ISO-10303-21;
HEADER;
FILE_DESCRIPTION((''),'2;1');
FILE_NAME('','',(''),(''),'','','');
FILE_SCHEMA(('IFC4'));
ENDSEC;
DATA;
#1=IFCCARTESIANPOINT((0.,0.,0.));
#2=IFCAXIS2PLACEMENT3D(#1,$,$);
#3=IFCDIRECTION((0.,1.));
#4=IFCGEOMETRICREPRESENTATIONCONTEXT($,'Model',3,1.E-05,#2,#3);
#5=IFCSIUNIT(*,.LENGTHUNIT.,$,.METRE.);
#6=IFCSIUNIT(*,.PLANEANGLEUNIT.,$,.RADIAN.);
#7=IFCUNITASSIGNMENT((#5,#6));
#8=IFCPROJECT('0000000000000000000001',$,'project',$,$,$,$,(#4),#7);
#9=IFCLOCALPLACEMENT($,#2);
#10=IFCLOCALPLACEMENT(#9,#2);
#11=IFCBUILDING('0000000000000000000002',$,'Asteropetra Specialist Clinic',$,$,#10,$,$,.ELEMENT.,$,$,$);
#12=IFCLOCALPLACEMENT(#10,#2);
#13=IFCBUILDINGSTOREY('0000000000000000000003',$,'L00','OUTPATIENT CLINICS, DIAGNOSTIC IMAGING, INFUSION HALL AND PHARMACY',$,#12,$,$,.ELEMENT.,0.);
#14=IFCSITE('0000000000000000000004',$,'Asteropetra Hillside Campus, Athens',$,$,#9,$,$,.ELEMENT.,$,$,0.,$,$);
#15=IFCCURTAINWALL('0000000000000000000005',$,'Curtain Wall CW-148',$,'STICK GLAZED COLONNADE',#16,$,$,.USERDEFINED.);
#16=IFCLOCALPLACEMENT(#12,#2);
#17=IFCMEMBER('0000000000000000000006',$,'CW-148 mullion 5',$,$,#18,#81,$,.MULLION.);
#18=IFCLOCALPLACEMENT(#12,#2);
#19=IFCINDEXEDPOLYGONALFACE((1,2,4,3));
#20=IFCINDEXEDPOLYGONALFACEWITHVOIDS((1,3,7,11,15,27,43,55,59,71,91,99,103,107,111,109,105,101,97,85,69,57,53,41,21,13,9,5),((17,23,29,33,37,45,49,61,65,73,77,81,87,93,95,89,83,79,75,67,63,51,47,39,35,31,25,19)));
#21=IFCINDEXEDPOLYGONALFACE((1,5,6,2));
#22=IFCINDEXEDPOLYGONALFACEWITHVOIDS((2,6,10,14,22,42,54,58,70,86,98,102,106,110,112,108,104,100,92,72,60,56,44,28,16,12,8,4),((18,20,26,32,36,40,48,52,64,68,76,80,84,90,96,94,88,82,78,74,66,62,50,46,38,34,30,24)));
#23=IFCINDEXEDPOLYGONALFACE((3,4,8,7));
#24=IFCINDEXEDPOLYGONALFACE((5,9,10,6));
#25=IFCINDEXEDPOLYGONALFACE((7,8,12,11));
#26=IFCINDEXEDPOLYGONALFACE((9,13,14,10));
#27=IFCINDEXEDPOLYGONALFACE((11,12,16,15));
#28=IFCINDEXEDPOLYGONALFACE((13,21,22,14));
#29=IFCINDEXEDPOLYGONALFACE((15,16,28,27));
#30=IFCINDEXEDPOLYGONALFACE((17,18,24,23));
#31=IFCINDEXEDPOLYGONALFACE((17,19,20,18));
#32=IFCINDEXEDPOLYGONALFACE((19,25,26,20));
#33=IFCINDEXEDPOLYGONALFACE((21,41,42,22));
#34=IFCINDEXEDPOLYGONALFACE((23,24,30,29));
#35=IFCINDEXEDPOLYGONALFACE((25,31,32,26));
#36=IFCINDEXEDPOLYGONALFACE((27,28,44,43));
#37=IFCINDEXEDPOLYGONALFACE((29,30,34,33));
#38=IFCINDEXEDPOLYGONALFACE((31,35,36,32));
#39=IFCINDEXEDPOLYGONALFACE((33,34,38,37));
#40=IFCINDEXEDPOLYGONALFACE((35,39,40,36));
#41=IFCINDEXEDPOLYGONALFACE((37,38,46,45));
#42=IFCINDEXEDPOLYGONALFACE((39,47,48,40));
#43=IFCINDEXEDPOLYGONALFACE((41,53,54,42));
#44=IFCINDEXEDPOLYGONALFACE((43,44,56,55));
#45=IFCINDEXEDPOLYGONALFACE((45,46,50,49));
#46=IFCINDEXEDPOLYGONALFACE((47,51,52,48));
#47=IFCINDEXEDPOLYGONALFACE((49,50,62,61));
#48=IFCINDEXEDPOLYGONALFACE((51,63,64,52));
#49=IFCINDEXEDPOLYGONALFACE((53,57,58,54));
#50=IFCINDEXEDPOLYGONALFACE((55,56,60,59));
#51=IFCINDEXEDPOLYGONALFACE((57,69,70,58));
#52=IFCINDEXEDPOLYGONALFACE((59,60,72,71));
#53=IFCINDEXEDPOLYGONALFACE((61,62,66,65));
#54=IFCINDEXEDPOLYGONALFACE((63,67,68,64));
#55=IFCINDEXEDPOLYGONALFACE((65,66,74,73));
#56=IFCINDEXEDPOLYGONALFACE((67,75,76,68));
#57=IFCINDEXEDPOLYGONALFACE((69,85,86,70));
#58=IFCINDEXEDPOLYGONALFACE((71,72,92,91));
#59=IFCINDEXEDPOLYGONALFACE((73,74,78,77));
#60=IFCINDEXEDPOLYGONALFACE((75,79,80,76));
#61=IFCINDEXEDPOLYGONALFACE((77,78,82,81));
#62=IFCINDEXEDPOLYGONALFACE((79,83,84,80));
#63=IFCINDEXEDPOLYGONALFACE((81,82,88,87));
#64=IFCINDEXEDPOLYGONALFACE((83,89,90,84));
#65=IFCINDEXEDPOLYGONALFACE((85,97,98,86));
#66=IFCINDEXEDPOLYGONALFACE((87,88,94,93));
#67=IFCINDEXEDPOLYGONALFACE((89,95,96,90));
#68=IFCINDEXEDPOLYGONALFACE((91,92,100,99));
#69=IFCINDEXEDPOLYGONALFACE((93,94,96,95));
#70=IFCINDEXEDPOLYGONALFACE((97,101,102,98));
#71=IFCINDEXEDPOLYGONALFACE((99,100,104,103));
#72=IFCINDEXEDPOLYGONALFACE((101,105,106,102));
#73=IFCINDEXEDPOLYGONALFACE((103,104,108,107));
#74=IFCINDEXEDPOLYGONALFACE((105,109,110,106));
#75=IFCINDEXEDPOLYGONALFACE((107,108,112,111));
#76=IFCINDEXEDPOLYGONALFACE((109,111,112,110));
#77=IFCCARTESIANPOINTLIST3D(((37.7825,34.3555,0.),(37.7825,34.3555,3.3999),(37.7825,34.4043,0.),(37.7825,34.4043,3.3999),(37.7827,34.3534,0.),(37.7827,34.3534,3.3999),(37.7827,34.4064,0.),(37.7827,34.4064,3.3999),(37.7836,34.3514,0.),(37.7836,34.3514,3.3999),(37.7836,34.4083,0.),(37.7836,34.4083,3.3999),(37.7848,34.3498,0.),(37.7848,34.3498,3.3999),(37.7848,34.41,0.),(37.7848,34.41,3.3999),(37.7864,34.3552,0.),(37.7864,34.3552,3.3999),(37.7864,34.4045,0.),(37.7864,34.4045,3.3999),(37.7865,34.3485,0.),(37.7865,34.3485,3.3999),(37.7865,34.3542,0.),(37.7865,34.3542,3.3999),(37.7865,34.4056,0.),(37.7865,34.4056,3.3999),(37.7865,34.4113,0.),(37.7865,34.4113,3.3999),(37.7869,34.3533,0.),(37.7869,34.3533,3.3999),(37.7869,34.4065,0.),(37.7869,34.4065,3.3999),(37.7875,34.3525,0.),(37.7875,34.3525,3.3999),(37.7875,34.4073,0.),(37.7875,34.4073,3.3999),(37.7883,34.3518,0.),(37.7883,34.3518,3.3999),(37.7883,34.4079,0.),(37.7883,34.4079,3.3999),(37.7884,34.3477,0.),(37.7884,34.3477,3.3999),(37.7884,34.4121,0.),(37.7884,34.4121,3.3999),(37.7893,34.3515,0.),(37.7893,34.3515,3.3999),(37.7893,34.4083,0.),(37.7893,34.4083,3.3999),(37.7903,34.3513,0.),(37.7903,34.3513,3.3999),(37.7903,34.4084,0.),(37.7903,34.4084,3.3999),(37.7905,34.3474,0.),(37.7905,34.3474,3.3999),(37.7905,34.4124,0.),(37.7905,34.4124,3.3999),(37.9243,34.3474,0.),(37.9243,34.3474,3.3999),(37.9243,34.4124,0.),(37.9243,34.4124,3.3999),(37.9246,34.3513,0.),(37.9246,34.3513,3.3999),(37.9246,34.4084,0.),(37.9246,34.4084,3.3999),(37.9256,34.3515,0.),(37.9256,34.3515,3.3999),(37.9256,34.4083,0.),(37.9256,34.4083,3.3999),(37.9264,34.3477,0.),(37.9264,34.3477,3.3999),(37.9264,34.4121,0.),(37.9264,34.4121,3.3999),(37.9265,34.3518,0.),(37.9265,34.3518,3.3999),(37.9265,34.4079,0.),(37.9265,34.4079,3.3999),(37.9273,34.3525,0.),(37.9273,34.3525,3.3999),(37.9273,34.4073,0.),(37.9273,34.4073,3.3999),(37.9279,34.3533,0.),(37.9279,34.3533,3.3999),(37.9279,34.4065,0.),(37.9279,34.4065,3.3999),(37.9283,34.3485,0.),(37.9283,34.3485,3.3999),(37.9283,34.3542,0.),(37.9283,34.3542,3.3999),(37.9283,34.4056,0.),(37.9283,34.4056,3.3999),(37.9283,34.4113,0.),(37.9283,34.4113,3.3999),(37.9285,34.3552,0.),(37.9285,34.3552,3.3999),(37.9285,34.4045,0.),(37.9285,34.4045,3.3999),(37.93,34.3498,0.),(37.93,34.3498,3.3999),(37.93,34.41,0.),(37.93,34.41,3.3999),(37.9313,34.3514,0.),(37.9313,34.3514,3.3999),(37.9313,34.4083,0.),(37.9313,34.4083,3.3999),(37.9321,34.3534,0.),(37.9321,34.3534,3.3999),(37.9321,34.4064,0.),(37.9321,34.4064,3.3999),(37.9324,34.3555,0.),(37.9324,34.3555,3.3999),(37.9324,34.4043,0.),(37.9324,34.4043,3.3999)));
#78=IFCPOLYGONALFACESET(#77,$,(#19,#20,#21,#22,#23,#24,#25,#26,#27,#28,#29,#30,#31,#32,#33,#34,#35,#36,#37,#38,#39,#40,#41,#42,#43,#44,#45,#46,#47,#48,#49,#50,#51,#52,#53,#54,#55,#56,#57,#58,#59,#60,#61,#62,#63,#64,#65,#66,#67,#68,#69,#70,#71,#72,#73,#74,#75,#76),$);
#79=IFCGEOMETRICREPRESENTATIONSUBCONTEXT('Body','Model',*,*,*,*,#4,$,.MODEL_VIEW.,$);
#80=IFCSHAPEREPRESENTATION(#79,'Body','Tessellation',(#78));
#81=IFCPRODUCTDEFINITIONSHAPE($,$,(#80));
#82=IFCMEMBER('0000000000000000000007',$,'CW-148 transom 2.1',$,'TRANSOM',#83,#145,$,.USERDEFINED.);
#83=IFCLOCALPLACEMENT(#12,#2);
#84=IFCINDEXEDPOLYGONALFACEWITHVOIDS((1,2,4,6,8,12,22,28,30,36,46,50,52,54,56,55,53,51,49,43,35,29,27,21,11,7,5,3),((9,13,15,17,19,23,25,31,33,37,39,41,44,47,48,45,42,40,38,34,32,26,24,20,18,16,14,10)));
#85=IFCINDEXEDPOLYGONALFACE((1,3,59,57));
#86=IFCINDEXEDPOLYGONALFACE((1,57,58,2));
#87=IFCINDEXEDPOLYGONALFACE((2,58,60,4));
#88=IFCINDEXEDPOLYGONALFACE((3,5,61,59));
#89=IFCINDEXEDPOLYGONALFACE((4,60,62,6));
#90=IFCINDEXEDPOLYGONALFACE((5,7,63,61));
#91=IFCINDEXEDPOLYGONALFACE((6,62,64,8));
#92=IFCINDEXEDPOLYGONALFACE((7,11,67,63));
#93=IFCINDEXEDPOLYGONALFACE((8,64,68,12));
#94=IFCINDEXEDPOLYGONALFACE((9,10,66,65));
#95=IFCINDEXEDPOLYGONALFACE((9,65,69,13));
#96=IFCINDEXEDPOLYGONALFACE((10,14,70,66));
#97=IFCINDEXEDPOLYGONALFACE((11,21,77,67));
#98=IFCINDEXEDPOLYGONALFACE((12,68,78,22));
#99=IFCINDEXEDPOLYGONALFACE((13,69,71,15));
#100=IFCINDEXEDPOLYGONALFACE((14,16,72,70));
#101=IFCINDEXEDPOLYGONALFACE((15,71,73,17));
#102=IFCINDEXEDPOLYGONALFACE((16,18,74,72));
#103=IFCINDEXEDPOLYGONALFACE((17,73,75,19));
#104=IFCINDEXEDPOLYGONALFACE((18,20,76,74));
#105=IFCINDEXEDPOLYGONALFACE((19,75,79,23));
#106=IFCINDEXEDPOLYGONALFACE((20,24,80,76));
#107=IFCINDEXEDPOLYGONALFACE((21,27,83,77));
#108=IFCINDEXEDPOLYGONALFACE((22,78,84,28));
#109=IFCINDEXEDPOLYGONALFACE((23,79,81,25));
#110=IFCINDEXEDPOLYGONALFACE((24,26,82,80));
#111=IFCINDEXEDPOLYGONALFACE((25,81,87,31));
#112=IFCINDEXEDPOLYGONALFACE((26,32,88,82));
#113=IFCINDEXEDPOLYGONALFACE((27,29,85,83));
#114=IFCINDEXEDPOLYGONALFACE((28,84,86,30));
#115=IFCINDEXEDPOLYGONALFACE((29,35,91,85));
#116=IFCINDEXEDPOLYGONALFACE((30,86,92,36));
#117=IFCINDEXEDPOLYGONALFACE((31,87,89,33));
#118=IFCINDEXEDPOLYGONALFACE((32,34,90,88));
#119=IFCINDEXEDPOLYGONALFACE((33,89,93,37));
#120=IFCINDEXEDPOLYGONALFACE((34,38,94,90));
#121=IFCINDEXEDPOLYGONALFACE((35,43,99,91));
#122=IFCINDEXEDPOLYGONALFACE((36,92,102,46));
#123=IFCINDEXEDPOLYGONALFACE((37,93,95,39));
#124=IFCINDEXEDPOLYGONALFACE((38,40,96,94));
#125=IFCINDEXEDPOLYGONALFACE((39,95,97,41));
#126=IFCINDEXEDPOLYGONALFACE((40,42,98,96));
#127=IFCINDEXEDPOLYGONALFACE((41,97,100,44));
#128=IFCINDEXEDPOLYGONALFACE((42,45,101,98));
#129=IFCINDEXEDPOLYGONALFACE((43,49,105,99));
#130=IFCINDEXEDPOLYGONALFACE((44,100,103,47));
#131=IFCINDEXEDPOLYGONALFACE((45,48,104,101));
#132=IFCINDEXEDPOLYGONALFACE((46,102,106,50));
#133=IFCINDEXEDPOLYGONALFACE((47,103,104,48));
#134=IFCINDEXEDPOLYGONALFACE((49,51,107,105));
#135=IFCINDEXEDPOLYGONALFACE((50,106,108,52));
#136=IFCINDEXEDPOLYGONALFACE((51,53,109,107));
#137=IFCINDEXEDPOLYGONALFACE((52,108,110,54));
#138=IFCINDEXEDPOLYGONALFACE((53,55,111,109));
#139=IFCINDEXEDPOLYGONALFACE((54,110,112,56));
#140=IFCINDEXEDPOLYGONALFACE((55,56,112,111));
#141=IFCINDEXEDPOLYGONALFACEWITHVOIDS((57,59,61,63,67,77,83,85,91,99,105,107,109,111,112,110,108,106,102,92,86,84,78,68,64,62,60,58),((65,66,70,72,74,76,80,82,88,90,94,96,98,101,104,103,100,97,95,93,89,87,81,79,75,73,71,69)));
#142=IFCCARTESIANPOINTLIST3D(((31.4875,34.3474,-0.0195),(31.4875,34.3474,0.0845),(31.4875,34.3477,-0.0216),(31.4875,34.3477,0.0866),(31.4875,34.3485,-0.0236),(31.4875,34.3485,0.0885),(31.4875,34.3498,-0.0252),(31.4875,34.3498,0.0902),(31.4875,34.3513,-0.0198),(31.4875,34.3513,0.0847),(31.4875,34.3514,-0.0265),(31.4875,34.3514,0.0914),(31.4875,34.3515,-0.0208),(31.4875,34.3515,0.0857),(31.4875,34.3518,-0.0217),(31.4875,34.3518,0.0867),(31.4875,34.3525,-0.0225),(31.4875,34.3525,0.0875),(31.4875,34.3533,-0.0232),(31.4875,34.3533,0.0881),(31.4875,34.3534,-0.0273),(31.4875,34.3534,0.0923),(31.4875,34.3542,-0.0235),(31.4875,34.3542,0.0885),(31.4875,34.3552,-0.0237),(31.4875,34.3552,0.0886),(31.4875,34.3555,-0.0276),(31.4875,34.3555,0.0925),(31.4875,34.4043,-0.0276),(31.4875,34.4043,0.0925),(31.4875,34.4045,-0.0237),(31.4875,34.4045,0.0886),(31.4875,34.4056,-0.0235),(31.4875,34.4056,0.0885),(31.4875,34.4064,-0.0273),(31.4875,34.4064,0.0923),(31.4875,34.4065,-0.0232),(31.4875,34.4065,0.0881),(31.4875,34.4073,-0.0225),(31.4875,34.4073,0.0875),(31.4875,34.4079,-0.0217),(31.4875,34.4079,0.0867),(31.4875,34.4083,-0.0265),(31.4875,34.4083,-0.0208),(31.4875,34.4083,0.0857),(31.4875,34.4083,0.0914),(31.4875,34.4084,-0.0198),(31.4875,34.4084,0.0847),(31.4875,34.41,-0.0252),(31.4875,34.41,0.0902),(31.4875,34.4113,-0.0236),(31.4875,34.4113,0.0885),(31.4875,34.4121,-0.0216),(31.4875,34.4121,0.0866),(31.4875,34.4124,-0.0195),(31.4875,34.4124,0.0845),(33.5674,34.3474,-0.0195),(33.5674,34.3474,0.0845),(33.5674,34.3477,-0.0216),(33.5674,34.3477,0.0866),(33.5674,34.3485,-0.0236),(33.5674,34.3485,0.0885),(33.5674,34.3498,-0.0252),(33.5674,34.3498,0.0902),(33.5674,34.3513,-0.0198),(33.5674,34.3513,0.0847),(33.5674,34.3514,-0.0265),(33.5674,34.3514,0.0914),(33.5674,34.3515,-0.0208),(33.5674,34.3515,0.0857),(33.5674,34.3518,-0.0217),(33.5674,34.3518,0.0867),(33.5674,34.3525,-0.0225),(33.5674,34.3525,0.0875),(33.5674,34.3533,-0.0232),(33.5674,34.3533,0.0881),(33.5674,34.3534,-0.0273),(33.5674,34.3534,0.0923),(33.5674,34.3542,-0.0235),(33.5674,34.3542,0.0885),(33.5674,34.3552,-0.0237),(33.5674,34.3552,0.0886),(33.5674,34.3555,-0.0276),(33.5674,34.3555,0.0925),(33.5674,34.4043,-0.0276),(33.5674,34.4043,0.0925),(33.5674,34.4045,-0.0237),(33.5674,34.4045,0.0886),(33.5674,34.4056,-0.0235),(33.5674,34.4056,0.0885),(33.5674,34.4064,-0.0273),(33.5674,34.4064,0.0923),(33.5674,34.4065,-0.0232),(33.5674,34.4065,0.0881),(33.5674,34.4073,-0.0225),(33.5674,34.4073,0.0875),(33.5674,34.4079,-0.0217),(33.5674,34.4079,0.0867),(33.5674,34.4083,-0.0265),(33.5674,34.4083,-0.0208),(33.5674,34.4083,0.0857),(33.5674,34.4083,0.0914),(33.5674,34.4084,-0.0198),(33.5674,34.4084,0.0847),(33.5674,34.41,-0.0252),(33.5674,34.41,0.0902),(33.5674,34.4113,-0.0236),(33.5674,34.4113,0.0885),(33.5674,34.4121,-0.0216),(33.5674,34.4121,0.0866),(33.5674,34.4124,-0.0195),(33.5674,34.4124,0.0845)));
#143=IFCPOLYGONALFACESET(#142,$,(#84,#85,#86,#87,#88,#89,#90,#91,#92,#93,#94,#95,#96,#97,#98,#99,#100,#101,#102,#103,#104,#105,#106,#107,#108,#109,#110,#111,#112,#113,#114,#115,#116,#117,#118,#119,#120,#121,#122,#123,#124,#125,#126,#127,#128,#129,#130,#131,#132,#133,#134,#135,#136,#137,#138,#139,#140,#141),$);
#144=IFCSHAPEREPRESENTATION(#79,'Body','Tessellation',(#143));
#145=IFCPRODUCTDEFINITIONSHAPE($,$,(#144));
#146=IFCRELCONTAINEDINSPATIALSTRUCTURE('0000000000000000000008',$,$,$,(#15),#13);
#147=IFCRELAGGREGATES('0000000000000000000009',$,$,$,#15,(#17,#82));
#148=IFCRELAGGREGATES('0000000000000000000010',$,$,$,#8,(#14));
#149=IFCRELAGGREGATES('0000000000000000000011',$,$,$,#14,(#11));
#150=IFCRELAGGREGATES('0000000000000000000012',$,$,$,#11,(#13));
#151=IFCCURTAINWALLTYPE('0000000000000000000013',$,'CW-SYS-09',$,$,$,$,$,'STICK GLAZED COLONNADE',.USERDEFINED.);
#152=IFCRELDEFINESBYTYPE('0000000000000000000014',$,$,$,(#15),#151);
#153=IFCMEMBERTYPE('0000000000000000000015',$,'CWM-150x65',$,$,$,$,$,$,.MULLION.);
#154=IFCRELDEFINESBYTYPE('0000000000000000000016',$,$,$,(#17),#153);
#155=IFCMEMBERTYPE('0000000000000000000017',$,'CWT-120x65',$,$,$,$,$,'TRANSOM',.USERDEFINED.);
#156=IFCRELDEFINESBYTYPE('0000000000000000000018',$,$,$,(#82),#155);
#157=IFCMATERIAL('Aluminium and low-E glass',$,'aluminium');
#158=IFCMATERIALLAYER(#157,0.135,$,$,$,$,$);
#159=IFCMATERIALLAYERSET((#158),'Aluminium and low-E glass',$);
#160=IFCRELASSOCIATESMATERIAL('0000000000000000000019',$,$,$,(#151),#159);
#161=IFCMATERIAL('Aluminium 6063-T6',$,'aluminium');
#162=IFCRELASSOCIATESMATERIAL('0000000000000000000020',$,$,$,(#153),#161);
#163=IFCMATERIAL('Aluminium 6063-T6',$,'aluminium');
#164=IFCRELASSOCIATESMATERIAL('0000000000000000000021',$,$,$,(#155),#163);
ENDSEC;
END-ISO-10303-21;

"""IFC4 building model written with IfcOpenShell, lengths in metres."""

from ifc_helpers import new_model, si_unit, direction, frame, origin, origin_2d, place, context, subcontext, project, spatial, hollow_rectangle, extrude, material, layer, layer_set, material_profile, profile_set, type_object, element, aggregate, save


model = new_model("IFC4")

# Units and contexts
model_context = context("Model", 3, precision=1e-05, world=origin(), true_north=direction((0.0, 1.0)))
body_context = subcontext(model_context, "Body", "Model", "MODEL_VIEW")
ifc_project = project(units=[si_unit("LENGTHUNIT", "METRE"), si_unit("PLANEANGLEUNIT", "RADIAN")], contexts=[model_context])

# Site, building, storey
site_placement = place(None, origin())
site = spatial("IfcSite", under=ifc_project, at=site_placement, Name="Asteropetra Hillside Campus, Athens", CompositionType="ELEMENT", RefElevation=0.0)
building_placement = place(site_placement, origin())
building = spatial("IfcBuilding", under=site, at=building_placement, Name="Asteropetra Specialist Clinic", CompositionType="ELEMENT")
storey_placement = place(building_placement, origin())
storey = spatial("IfcBuildingStorey", under=building, at=storey_placement, Name="L00", Description="OUTPATIENT CLINICS, DIAGNOSTIC IMAGING, INFUSION HALL AND PHARMACY", CompositionType="ELEMENT", Elevation=0.0)

# Curtain wall, members
ifc_material_1 = material(Name="Aluminium and low-E glass", Category="aluminium")
ifc_layer_1 = layer(ifc_material_1, 0.135)
ifc_layer_set_1 = layer_set([ifc_layer_1], Name="Aluminium and low-E glass")
curtain_wall_type = type_object("IfcCurtainWallType", Name="CW-SYS-09", ElementType="STICK GLAZED COLONNADE", PredefinedType="USERDEFINED", material=ifc_layer_set_1)
curtain_wall_placement = place(storey_placement, origin())
curtain_wall = element("IfcCurtainWall", 1, at=curtain_wall_placement, inside=storey, type_object=curtain_wall_type, Name="Curtain Wall CW-148", ObjectType="STICK GLAZED COLONNADE", PredefinedType="USERDEFINED")
ifc_material_2 = material(Name="Aluminium 6063-T6", Category="aluminium")
ifc_material_profile_1 = material_profile(ifc_material_2, hollow_rectangle(XDim=0.0649, YDim=0.1499, WallThickness=0.0039, InnerFilletRadius=0.0039, OuterFilletRadius=0.0081, at=origin_2d()), Name="MUL 150x65x4.0")
ifc_profile_set_1 = profile_set([ifc_material_profile_1], Name="Aluminium 6063-T6")
member_type_1 = type_object("IfcMemberType", Name="CWM-150x65", PredefinedType="MULLION", material=ifc_profile_set_1)
member_1_placement = place(storey_placement, frame((37.8574, 34.3799, 0.0), z_axis=(0.0, 0.0, 1.0), x_axis=(0.0, 1.0, 0.0)))
member_1 = element("IfcMember", 2, at=member_1_placement, type_object=member_type_1, Name="CW-148 mullion 5", PredefinedType="MULLION", context=body_context, shape_type="SweptSolid", body=[
    extrude(hollow_rectangle(XDim=0.0649, YDim=0.1499, WallThickness=0.0039, InnerFilletRadius=0.0039, OuterFilletRadius=0.0081, at=origin_2d()), origin(), (0.0, 0.0, 1.0), 3.3999),
])
ifc_material_3 = material(Name="Aluminium 6063-T6", Category="aluminium")
ifc_material_profile_2 = material_profile(ifc_material_3, hollow_rectangle(XDim=0.0649, YDim=0.1201, WallThickness=0.0039, InnerFilletRadius=0.0039, OuterFilletRadius=0.0081, at=origin_2d()), Name="TRN 120x65x4.0")
ifc_profile_set_2 = profile_set([ifc_material_profile_2], Name="Aluminium 6063-T6")
member_type_2 = type_object("IfcMemberType", Name="CWT-120x65", ElementType="TRANSOM", PredefinedType="USERDEFINED", material=ifc_profile_set_2)
member_2_placement = place(storey_placement, frame((31.4875, 34.3799, 0.0325), z_axis=(1.0, 0.0, 0.0), x_axis=(0.0, 1.0, 0.0)))
member_2 = element("IfcMember", 3, at=member_2_placement, type_object=member_type_2, Name="CW-148 transom 2.1", ObjectType="TRANSOM", PredefinedType="USERDEFINED", context=body_context, shape_type="SweptSolid", body=[
    extrude(hollow_rectangle(XDim=0.0649, YDim=0.1201, WallThickness=0.0039, InnerFilletRadius=0.0039, OuterFilletRadius=0.0081, at=origin_2d()), origin(), (0.0, 0.0, 1.0), 2.0798),
])

aggregate(curtain_wall, [member_1, member_2])

save(model, "model.ifc")
